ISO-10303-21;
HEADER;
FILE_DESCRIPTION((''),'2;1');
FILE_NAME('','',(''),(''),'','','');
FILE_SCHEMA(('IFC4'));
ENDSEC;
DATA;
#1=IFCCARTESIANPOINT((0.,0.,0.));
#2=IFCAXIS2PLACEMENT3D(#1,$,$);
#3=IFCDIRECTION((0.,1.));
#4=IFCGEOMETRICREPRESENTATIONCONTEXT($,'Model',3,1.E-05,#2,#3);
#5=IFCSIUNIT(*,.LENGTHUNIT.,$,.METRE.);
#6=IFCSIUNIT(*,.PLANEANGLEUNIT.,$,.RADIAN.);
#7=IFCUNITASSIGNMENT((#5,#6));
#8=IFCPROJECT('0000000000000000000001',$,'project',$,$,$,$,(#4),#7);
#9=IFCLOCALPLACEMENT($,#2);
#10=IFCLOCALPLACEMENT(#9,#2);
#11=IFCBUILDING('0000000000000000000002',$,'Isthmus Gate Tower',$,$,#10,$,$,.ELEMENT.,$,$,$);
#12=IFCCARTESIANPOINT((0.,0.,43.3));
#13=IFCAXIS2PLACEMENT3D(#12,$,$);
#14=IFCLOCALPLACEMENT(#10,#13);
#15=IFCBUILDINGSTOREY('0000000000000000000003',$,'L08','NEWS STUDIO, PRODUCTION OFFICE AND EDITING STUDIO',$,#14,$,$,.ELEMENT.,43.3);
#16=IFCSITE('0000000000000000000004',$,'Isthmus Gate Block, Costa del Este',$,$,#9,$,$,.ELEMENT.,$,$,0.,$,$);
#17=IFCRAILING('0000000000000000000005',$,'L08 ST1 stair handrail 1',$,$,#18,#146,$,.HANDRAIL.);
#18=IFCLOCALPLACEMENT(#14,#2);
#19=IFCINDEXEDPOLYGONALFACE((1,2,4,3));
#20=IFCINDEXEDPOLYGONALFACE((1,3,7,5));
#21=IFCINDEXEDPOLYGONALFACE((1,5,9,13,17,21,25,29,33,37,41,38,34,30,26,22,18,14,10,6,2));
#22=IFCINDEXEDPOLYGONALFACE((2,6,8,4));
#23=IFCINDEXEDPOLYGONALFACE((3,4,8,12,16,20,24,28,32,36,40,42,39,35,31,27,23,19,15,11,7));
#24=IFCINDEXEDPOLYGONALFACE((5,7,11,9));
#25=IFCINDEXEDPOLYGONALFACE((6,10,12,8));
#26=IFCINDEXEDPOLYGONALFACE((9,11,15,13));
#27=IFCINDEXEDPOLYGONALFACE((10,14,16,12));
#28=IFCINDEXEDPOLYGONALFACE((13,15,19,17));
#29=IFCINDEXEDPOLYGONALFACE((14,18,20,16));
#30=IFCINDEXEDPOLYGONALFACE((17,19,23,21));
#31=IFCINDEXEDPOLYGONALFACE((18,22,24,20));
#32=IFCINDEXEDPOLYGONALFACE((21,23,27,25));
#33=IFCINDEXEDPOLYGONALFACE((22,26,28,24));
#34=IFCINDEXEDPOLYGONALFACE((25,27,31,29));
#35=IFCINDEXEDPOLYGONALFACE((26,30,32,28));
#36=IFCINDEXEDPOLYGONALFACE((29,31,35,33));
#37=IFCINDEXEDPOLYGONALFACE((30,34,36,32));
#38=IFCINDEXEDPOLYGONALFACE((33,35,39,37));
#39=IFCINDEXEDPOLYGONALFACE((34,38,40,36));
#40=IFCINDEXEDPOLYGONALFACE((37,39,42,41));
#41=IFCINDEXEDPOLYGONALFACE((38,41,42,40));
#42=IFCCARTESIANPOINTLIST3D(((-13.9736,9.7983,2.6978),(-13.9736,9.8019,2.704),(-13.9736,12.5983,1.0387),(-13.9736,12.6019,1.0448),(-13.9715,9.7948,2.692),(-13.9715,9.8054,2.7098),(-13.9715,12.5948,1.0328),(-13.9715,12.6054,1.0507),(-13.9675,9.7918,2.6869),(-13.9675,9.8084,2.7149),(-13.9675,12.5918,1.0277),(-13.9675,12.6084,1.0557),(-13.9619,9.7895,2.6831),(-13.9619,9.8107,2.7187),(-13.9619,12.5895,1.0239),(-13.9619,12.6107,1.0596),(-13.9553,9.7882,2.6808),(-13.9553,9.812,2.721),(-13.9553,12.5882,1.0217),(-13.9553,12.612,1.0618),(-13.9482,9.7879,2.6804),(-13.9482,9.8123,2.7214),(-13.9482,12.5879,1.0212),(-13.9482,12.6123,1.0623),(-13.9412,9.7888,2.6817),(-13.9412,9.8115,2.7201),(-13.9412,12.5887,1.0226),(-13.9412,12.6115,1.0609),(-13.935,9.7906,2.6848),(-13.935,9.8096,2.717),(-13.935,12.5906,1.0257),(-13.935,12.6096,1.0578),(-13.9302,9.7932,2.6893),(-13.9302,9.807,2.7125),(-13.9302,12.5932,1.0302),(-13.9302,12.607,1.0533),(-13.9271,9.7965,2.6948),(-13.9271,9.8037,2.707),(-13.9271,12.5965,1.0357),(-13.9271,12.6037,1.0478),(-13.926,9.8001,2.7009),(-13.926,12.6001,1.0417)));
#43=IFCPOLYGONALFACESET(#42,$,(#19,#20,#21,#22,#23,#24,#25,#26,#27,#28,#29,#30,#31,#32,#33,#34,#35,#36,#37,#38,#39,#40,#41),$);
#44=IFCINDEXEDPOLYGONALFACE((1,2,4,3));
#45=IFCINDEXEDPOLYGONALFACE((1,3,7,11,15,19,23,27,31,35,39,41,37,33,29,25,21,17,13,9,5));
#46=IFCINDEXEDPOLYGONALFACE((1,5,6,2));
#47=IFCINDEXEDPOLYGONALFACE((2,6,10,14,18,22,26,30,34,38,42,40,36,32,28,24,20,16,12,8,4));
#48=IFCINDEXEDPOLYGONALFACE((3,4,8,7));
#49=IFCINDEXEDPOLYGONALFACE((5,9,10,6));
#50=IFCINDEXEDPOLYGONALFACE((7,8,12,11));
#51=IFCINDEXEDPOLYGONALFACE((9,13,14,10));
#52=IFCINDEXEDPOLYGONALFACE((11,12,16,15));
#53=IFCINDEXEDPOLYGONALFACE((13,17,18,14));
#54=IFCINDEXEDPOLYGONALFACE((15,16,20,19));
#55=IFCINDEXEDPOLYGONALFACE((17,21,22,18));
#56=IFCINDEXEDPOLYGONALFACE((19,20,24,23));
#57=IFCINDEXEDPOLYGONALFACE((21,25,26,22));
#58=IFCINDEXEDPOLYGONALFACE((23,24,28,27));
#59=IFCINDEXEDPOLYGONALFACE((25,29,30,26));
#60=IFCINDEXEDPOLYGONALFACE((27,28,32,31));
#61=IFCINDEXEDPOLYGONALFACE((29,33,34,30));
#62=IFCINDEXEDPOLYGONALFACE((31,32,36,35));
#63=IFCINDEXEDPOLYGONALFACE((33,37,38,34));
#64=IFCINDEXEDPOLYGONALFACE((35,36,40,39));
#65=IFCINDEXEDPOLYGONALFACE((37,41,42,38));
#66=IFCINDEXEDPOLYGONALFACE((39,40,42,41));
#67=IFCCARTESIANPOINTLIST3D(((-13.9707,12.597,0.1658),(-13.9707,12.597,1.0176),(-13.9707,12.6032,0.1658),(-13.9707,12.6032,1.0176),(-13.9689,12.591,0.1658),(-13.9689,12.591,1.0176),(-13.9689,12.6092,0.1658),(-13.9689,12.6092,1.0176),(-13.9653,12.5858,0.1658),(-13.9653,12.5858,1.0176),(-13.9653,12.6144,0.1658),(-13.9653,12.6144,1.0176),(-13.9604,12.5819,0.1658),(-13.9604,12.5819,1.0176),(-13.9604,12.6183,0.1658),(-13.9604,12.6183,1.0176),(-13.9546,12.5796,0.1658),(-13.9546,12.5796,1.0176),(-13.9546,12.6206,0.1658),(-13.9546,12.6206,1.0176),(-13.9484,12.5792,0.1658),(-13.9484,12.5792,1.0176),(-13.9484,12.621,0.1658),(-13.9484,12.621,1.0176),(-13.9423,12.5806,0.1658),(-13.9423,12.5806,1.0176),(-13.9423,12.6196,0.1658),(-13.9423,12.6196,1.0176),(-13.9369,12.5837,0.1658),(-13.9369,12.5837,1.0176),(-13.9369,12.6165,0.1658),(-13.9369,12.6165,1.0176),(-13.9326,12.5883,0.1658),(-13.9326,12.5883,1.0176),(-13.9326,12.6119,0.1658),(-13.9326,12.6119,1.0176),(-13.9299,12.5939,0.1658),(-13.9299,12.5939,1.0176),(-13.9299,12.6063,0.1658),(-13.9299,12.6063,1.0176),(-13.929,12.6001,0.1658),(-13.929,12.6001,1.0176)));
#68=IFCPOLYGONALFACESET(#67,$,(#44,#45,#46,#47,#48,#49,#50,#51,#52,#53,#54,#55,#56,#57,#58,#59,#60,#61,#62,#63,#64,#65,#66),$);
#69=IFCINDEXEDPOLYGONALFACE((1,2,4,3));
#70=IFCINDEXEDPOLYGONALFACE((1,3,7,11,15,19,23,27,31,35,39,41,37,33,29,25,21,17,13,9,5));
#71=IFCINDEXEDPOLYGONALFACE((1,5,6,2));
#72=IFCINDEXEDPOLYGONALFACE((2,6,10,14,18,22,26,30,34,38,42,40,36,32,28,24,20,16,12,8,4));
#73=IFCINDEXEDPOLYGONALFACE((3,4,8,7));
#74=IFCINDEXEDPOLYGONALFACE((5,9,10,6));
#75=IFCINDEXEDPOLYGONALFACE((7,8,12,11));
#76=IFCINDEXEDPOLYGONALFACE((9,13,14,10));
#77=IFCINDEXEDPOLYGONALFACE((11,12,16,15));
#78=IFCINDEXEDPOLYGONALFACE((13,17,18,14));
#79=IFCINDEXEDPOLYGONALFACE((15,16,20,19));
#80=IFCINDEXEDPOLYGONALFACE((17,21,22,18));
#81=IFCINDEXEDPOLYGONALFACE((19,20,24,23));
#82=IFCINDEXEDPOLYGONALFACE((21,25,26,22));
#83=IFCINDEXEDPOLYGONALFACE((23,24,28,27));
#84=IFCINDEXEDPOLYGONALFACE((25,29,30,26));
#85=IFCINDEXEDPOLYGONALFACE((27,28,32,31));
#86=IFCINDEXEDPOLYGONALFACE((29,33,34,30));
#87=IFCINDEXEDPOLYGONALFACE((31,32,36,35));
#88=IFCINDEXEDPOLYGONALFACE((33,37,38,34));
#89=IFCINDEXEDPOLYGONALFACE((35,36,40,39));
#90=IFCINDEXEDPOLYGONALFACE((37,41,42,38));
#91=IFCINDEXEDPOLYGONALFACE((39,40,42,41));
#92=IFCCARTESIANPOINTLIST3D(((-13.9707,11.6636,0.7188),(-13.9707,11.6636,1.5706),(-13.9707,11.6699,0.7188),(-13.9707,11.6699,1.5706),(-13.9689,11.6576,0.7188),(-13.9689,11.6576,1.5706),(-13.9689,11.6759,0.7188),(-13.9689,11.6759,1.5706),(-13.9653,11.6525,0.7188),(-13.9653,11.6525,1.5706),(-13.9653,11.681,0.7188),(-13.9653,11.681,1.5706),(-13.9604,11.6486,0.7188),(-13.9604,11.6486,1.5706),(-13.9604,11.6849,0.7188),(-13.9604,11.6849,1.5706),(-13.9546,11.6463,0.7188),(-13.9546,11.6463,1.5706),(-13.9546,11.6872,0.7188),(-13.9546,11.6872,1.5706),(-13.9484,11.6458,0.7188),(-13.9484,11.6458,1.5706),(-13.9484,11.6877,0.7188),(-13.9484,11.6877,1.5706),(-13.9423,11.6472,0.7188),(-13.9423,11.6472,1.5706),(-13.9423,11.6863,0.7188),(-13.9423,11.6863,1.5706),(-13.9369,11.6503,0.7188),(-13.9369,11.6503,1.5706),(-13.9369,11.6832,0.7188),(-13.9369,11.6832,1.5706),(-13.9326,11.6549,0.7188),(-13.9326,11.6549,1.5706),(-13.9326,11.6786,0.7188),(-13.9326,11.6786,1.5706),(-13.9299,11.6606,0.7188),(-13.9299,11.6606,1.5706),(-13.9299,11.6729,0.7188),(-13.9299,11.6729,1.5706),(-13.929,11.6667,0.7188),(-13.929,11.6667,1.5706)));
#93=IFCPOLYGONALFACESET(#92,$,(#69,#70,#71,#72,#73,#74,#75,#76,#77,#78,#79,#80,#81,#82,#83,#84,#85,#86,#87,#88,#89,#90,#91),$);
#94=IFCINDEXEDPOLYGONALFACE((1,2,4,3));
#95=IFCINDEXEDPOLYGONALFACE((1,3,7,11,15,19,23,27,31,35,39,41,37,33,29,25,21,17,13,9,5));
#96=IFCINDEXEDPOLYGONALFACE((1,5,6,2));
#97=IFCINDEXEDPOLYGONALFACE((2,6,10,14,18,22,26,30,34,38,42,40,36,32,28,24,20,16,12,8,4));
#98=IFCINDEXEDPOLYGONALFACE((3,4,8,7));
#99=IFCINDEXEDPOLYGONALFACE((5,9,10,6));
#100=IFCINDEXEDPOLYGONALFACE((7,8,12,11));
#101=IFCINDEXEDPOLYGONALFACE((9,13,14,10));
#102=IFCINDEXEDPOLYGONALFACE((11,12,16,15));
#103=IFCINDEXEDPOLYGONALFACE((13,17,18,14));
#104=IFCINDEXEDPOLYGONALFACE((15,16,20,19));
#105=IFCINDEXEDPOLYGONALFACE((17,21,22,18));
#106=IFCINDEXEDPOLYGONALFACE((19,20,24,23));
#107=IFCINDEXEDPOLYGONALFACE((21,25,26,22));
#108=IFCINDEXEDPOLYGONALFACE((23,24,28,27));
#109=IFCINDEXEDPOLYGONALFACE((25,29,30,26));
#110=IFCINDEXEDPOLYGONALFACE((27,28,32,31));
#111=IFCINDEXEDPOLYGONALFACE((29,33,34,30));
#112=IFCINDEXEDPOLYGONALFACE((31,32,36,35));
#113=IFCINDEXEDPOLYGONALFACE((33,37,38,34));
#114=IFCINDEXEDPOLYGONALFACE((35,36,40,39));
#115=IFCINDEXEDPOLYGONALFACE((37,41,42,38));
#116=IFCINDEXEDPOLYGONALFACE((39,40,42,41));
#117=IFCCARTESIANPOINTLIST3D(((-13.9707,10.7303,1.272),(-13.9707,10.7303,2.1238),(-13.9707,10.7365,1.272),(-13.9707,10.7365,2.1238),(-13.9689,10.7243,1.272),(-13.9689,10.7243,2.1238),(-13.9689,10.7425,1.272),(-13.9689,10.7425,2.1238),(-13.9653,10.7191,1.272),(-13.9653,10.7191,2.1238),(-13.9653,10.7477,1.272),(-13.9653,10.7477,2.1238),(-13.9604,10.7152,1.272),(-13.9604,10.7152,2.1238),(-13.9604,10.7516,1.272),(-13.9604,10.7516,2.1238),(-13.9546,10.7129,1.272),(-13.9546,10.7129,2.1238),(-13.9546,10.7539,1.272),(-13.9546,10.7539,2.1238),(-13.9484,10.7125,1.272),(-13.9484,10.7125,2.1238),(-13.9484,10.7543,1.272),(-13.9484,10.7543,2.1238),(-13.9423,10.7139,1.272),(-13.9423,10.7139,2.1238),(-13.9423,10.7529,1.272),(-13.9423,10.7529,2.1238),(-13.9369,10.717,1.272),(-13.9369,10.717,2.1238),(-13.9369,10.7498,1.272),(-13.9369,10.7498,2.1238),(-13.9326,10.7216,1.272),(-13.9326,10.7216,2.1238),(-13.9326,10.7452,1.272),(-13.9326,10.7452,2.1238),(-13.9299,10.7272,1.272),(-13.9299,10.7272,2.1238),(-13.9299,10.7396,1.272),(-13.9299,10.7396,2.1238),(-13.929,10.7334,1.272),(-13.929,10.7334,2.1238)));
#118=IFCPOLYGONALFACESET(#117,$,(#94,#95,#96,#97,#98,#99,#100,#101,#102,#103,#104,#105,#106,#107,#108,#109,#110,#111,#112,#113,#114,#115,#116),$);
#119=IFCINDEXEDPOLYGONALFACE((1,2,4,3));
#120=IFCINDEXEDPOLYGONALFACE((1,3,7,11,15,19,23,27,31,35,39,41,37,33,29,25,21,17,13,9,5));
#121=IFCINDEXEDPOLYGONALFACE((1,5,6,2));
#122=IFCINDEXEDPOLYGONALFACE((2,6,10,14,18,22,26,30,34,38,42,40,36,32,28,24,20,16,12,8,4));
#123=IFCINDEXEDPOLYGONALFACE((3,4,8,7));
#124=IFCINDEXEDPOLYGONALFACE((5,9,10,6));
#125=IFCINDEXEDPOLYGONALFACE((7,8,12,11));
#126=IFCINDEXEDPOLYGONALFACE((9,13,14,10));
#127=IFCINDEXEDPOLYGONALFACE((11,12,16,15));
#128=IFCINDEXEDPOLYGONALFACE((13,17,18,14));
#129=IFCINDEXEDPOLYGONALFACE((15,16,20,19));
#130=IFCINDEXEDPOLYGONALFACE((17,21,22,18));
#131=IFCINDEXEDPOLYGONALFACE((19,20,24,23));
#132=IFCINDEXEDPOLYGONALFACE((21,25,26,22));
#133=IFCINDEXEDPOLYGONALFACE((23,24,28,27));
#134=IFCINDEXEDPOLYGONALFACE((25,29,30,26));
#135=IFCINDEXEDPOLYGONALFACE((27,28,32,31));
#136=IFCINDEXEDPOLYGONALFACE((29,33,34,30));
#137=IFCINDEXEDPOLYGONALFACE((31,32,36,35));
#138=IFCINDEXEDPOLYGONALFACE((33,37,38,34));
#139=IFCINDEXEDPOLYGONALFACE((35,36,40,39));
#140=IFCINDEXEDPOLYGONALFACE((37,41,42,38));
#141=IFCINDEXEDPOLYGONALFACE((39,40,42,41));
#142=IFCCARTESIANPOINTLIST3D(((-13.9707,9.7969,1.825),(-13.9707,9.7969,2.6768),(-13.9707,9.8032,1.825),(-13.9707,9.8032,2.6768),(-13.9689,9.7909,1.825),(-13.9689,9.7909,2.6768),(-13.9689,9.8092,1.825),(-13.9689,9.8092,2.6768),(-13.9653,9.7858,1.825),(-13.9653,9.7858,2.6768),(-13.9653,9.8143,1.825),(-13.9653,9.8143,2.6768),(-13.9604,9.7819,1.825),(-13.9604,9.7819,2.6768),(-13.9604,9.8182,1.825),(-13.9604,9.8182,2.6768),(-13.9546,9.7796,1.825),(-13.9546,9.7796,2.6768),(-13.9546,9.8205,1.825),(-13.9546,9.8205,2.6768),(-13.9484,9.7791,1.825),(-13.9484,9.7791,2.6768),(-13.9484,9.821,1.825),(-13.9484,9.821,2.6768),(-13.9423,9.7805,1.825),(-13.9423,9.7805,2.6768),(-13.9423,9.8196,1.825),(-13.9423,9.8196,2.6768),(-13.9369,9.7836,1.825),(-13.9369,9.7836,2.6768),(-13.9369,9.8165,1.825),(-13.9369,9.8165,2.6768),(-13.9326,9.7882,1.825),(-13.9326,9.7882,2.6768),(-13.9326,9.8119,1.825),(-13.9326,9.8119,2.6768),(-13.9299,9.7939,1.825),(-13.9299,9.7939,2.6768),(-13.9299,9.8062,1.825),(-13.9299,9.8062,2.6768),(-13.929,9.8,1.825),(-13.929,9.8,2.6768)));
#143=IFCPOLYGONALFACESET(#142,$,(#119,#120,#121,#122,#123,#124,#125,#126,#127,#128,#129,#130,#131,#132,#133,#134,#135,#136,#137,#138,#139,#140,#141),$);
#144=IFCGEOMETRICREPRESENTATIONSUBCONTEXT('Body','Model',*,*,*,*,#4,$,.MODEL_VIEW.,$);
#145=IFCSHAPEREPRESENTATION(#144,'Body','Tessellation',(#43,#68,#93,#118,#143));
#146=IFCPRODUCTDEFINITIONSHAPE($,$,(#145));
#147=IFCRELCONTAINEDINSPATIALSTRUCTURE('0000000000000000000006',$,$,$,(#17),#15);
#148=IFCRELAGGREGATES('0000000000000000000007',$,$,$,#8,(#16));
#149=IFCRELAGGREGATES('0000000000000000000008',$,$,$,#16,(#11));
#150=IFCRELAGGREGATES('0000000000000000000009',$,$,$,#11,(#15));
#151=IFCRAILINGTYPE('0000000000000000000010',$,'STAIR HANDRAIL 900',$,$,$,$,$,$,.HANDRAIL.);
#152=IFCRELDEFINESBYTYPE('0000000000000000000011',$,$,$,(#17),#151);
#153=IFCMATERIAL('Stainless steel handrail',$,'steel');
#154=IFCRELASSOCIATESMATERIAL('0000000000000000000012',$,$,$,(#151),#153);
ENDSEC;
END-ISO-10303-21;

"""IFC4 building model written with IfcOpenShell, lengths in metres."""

from ifc_helpers import new_model, si_unit, direction, frame, origin, origin_2d, place, context, subcontext, project, spatial, circle, extrude, material, type_object, element, save


model = new_model("IFC4")

# Units and contexts
model_context = context("Model", 3, precision=1e-05, world=origin(), true_north=direction((0.0, 1.0)))
body_context = subcontext(model_context, "Body", "Model", "MODEL_VIEW")
ifc_project = project(units=[si_unit("LENGTHUNIT", "METRE"), si_unit("PLANEANGLEUNIT", "RADIAN")], contexts=[model_context])

# Site, building, storey
site_placement = place(None, origin())
site = spatial("IfcSite", under=ifc_project, at=site_placement, Name="Isthmus Gate Block, Costa del Este", CompositionType="ELEMENT", RefElevation=0.0)
building_placement = place(site_placement, origin())
building = spatial("IfcBuilding", under=site, at=building_placement, Name="Isthmus Gate Tower", CompositionType="ELEMENT")
storey_placement = place(building_placement, frame((0.0, 0.0, 43.3)))
storey = spatial("IfcBuildingStorey", under=building, at=storey_placement, Name="L08", Description="NEWS STUDIO, PRODUCTION OFFICE AND EDITING STUDIO", CompositionType="ELEMENT", Elevation=43.3)

# Railing
ifc_material_1 = material(Name="Stainless steel handrail", Category="steel")
railing_type_1 = type_object("IfcRailingType", Name="STAIR HANDRAIL 900", PredefinedType="HANDRAIL", material=ifc_material_1)
railing_1_placement = place(storey_placement, frame((-13.95, 12.6001, 0.1658)))
element("IfcRailing", 1, at=railing_1_placement, inside=storey, type_object=railing_type_1, Name="L08 ST1 stair handrail 1", PredefinedType="HANDRAIL", context=body_context, shape_type="SweptSolid", body=[
    extrude(circle(Radius=0.0239, at=origin_2d()), frame((0.0, 0.0, 0.876), z_axis=(0.0, -0.860306, 0.509778), x_axis=(1.0, 0.0, 0.0)), (0.0, 0.0, 1.0), 3.2546),
    extrude(circle(Radius=0.021, at=origin_2d()), origin(), (0.0, 0.0, 1.0), 0.8518),
    extrude(circle(Radius=0.021, at=origin_2d()), frame((0.0, -0.9333, 0.553)), (0.0, 0.0, 1.0), 0.8518),
    extrude(circle(Radius=0.021, at=origin_2d()), frame((0.0, -1.8667, 1.1062)), (0.0, 0.0, 1.0), 0.8518),
    extrude(circle(Radius=0.021, at=origin_2d()), frame((0.0, -2.8, 1.6592)), (0.0, 0.0, 1.0), 0.8518),
])

save(model, "model.ifc")
